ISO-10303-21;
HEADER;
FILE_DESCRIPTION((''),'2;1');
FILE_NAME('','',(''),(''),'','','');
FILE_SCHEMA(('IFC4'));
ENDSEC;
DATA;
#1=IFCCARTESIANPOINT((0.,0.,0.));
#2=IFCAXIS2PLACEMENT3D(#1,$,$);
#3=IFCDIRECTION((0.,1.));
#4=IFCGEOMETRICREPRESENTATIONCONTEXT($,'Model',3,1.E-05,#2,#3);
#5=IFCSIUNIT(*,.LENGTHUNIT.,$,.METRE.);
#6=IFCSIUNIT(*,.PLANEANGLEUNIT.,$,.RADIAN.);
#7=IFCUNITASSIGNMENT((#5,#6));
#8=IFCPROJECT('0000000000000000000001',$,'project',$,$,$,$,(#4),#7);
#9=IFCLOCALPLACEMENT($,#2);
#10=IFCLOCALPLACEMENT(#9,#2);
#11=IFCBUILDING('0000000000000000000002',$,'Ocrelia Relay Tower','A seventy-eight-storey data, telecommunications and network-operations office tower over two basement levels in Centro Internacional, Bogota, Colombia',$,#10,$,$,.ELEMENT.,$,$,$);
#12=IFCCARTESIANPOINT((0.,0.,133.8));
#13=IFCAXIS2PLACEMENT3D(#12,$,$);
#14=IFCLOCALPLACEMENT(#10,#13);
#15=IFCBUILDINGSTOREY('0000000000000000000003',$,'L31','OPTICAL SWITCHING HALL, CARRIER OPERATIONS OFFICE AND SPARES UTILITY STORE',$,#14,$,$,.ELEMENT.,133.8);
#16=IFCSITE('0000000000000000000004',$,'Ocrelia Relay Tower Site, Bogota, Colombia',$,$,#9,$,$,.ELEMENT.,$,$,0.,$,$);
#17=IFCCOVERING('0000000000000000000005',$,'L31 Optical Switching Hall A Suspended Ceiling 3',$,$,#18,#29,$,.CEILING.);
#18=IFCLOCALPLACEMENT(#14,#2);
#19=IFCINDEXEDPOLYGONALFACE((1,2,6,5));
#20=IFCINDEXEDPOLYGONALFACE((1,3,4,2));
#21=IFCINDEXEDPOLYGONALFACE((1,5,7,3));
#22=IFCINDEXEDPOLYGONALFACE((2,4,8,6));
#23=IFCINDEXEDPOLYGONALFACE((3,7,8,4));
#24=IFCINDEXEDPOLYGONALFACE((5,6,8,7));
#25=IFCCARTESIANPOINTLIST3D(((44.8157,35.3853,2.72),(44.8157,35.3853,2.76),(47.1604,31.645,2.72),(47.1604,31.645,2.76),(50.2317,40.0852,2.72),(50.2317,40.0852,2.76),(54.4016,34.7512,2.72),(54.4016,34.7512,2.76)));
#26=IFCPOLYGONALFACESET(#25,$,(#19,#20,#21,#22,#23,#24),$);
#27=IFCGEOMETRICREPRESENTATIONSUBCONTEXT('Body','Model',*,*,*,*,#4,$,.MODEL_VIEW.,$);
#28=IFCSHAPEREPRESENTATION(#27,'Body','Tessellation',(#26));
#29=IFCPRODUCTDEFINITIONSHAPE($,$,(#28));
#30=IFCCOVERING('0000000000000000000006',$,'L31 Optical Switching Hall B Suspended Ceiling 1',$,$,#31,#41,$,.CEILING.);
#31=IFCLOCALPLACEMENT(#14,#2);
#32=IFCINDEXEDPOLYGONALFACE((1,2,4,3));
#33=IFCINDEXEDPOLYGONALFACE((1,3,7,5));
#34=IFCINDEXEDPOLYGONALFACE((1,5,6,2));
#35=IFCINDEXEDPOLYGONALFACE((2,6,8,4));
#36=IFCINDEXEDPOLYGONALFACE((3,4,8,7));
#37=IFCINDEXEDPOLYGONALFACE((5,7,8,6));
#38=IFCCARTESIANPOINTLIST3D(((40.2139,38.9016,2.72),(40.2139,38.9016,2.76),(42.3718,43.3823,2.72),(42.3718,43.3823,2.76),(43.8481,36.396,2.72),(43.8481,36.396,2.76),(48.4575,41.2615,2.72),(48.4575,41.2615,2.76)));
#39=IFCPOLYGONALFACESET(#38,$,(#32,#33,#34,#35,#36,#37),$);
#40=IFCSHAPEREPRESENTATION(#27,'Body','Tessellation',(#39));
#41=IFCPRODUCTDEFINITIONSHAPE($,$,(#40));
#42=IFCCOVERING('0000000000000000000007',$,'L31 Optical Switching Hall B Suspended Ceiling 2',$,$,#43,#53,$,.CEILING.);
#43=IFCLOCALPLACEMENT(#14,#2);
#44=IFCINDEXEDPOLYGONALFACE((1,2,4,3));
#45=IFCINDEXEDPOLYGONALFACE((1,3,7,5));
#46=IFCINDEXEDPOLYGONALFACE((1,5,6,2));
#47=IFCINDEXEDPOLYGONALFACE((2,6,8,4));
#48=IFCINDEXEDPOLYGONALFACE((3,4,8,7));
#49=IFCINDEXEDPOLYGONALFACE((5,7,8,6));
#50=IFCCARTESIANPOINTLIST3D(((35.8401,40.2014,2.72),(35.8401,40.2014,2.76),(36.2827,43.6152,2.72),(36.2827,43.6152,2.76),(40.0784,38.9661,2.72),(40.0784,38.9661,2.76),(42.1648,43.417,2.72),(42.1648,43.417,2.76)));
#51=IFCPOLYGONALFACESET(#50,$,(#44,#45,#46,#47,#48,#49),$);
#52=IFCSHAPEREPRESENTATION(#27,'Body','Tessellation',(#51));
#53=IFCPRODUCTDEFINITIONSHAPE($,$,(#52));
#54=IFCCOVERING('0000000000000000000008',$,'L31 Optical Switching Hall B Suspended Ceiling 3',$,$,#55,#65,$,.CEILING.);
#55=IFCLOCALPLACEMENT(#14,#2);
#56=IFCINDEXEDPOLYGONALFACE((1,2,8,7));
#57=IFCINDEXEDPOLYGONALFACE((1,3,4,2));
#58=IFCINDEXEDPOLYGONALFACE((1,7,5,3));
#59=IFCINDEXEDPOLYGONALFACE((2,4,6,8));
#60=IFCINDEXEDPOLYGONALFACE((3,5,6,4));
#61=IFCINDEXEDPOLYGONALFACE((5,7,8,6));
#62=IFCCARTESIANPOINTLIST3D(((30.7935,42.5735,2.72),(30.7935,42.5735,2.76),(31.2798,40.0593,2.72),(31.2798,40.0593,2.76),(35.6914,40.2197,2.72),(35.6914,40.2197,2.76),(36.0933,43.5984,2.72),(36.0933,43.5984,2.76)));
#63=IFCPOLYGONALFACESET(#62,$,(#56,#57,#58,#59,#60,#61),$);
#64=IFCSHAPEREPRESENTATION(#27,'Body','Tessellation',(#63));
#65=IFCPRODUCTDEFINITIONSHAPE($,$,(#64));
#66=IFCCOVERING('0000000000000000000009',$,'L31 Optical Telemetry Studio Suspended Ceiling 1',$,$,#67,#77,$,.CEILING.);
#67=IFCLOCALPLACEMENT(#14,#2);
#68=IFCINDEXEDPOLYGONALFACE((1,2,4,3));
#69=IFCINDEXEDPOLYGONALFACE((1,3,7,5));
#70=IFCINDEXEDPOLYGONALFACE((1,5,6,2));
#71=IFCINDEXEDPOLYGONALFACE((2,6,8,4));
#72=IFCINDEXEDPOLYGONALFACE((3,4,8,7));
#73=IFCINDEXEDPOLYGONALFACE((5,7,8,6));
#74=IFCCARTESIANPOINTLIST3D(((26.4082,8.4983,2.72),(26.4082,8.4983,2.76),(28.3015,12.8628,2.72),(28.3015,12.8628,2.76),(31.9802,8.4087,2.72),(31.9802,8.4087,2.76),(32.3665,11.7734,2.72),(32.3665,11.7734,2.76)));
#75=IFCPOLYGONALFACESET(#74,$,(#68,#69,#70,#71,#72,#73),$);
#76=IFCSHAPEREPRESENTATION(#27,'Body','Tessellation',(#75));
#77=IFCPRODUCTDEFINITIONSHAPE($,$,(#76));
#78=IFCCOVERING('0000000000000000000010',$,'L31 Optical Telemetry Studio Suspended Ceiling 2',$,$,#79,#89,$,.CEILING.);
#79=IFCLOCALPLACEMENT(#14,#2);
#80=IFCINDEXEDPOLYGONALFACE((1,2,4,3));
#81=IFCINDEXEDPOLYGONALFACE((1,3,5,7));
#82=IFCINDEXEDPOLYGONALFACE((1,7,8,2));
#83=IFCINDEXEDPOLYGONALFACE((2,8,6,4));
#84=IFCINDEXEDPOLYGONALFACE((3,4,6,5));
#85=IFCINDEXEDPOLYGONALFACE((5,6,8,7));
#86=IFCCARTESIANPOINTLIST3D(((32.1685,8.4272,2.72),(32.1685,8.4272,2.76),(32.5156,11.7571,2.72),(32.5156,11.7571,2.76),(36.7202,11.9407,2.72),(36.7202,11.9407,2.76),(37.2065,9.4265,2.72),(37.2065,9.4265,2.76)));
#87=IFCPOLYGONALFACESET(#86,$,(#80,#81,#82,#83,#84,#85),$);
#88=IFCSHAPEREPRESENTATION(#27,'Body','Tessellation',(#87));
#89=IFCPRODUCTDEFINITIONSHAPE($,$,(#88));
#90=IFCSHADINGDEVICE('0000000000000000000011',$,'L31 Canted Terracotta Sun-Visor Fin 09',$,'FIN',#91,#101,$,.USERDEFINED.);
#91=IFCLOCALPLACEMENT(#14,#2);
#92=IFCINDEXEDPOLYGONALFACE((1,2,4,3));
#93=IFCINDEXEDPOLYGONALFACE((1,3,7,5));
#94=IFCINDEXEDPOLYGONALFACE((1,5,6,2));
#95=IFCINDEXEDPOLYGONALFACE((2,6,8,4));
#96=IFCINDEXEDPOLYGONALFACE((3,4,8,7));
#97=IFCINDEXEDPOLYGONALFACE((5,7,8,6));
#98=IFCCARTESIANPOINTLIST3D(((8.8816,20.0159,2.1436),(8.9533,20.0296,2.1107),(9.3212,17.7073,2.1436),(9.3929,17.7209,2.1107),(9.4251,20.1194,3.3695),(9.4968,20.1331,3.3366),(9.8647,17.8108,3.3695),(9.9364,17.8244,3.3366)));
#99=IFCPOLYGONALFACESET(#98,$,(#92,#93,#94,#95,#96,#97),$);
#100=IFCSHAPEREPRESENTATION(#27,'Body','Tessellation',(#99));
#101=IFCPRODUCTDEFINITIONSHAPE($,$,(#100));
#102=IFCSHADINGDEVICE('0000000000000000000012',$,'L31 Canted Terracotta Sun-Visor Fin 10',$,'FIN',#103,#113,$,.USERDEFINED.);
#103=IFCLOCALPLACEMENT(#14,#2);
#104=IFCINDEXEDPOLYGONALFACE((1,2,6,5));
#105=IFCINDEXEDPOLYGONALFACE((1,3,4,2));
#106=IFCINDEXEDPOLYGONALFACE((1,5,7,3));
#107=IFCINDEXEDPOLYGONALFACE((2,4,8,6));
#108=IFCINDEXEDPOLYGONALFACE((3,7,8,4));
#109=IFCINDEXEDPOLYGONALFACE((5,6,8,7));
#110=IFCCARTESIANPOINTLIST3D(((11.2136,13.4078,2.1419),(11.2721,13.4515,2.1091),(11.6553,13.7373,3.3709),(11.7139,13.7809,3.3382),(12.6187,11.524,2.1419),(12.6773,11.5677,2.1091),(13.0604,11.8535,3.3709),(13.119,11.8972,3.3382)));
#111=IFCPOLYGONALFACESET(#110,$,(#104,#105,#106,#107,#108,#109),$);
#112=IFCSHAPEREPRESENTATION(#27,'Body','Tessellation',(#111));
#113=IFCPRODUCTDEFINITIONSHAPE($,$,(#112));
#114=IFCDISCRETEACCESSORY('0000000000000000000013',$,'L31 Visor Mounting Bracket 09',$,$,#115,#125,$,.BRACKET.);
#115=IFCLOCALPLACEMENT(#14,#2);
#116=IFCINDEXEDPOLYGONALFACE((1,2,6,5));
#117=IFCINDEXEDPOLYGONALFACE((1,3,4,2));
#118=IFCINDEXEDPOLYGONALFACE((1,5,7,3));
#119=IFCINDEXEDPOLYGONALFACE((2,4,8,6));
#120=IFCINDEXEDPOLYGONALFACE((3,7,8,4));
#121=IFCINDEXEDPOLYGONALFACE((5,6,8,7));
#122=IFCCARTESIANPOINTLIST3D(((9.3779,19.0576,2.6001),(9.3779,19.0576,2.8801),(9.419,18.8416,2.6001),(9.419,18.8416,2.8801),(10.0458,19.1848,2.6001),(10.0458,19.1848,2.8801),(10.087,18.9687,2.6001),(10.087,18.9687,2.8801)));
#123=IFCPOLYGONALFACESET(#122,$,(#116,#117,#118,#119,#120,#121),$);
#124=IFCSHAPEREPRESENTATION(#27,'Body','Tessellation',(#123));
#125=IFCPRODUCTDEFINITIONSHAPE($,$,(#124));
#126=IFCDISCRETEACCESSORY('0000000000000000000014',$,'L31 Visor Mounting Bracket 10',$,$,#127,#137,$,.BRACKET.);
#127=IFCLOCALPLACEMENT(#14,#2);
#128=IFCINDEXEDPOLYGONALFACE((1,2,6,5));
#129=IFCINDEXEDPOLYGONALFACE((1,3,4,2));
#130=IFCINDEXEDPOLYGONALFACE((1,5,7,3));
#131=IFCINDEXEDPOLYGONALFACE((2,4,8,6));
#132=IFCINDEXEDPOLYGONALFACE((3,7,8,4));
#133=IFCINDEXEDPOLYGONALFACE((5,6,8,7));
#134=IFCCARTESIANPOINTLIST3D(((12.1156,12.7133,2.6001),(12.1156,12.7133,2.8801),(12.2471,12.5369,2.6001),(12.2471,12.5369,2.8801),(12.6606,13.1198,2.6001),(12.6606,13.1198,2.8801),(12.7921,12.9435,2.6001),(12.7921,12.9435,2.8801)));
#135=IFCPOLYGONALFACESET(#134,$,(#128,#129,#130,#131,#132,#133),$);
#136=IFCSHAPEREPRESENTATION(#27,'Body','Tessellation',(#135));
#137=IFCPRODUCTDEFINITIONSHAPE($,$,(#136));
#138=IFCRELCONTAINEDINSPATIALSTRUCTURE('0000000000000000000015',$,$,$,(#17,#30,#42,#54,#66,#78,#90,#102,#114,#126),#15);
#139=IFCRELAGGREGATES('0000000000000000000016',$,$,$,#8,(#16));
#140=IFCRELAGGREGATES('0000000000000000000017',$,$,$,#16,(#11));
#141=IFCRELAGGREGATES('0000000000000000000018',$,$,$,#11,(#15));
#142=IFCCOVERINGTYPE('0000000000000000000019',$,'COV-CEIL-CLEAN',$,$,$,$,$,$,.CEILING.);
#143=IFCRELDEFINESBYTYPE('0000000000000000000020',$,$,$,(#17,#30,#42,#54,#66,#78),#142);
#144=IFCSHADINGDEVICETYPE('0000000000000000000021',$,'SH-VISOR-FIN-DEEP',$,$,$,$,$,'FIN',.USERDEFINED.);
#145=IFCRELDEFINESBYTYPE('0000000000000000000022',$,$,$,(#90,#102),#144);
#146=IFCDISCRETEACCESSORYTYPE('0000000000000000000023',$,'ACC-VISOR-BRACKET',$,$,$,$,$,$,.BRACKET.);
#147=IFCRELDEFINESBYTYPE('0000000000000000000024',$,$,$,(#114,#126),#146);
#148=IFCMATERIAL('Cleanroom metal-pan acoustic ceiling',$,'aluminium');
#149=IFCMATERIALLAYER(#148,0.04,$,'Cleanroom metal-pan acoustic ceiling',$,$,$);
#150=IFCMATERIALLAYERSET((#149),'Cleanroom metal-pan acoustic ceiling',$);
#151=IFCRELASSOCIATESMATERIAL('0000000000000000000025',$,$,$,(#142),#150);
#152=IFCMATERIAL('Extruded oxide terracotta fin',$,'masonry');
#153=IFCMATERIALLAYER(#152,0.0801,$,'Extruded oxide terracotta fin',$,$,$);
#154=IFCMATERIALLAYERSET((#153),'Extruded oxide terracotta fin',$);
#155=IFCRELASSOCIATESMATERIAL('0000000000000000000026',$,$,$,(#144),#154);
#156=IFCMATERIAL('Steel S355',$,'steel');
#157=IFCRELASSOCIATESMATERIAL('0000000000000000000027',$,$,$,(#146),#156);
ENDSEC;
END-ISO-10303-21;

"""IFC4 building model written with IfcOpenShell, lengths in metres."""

from ifc_helpers import new_model, si_unit, direction, frame, origin, origin_2d, place, context, subcontext, project, spatial, polyline, rectangle, outline, extrude, material, layer, layer_set, type_object, element, save


model = new_model("IFC4")

# Units and contexts
model_context = context("Model", 3, precision=1e-05, world=origin(), true_north=direction((0.0, 1.0)))
body_context = subcontext(model_context, "Body", "Model", "MODEL_VIEW")
ifc_project = project(units=[si_unit("LENGTHUNIT", "METRE"), si_unit("PLANEANGLEUNIT", "RADIAN")], contexts=[model_context])

# Site, building, storey
site_placement = place(None, origin())
site = spatial("IfcSite", under=ifc_project, at=site_placement, Name="Ocrelia Relay Tower Site, Bogota, Colombia", CompositionType="ELEMENT", RefElevation=0.0)
building_placement = place(site_placement, origin())
building = spatial("IfcBuilding", under=site, at=building_placement, Name="Ocrelia Relay Tower", Description="A seventy-eight-storey data, telecommunications and network-operations office tower over two basement levels in Centro Internacional, Bogota, Colombia", CompositionType="ELEMENT")
storey_placement = place(building_placement, frame((0.0, 0.0, 133.8)))
storey = spatial("IfcBuildingStorey", under=building, at=storey_placement, Name="L31", Description="OPTICAL SWITCHING HALL, CARRIER OPERATIONS OFFICE AND SPARES UTILITY STORE", CompositionType="ELEMENT", Elevation=133.8)

# Coverings
ifc_material_1 = material(Name="Cleanroom metal-pan acoustic ceiling", Category="aluminium")
ifc_layer_1 = layer(ifc_material_1, 0.04, Name="Cleanroom metal-pan acoustic ceiling")
ifc_layer_set_1 = layer_set([ifc_layer_1], Name="Cleanroom metal-pan acoustic ceiling")
covering_type_1 = type_object("IfcCoveringType", Name="COV-CEIL-CLEAN", PredefinedType="CEILING", material=ifc_layer_set_1)
covering_1_placement = place(storey_placement, frame((0.0, 0.0, 2.72)))
element("IfcCovering", 1, at=covering_1_placement, inside=storey, type_object=covering_type_1, Name="L31 Optical Switching Hall A Suspended Ceiling 3", PredefinedType="CEILING", context=body_context, shape_type="SweptSolid", body=[
    extrude(outline(polyline([(47.1604, 31.645), (54.4016, 34.7512), (50.2317, 40.0852), (44.8157, 35.3853), (47.1604, 31.645)])), origin(), (0.0, 0.0, 1.0), 0.04),
])
covering_2_placement = place(storey_placement, frame((0.0, 0.0, 2.72)))
element("IfcCovering", 2, at=covering_2_placement, inside=storey, type_object=covering_type_1, Name="L31 Optical Switching Hall B Suspended Ceiling 1", PredefinedType="CEILING", context=body_context, shape_type="SweptSolid", body=[
    extrude(outline(polyline([(43.8481, 36.396), (48.4575, 41.2615), (42.3718, 43.3823), (40.2139, 38.9016), (43.8481, 36.396)])), origin(), (0.0, 0.0, 1.0), 0.04),
])
covering_3_placement = place(storey_placement, frame((0.0, 0.0, 2.72)))
element("IfcCovering", 3, at=covering_3_placement, inside=storey, type_object=covering_type_1, Name="L31 Optical Switching Hall B Suspended Ceiling 2", PredefinedType="CEILING", context=body_context, shape_type="SweptSolid", body=[
    extrude(outline(polyline([(40.0784, 38.9661), (42.1648, 43.417), (36.2827, 43.6152), (35.8401, 40.2014), (40.0784, 38.9661)])), origin(), (0.0, 0.0, 1.0), 0.04),
])
covering_4_placement = place(storey_placement, frame((0.0, 0.0, 2.72)))
element("IfcCovering", 4, at=covering_4_placement, inside=storey, type_object=covering_type_1, Name="L31 Optical Switching Hall B Suspended Ceiling 3", PredefinedType="CEILING", context=body_context, shape_type="SweptSolid", body=[
    extrude(outline(polyline([(35.6914, 40.2197), (36.0933, 43.5984), (30.7935, 42.5735), (31.2798, 40.0593), (35.6914, 40.2197)])), origin(), (0.0, 0.0, 1.0), 0.04),
])
covering_5_placement = place(storey_placement, frame((0.0, 0.0, 2.72)))
element("IfcCovering", 5, at=covering_5_placement, inside=storey, type_object=covering_type_1, Name="L31 Optical Telemetry Studio Suspended Ceiling 1", PredefinedType="CEILING", context=body_context, shape_type="SweptSolid", body=[
    extrude(outline(polyline([(28.3015, 12.8628), (26.4082, 8.4983), (31.9802, 8.4087), (32.3665, 11.7734), (28.3015, 12.8628)])), origin(), (0.0, 0.0, 1.0), 0.04),
])
covering_6_placement = place(storey_placement, frame((0.0, 0.0, 2.72)))
element("IfcCovering", 6, at=covering_6_placement, inside=storey, type_object=covering_type_1, Name="L31 Optical Telemetry Studio Suspended Ceiling 2", PredefinedType="CEILING", context=body_context, shape_type="SweptSolid", body=[
    extrude(outline(polyline([(32.5156, 11.7571), (32.1685, 8.4272), (37.2065, 9.4265), (36.7202, 11.9407), (32.5156, 11.7571)])), origin(), (0.0, 0.0, 1.0), 0.04),
])

# Shading devices
ifc_material_2 = material(Name="Extruded oxide terracotta fin", Category="masonry")
ifc_layer_2 = layer(ifc_material_2, 0.0801, Name="Extruded oxide terracotta fin")
ifc_layer_set_2 = layer_set([ifc_layer_2], Name="Extruded oxide terracotta fin")
shading_device_type = type_object("IfcShadingDeviceType", Name="SH-VISOR-FIN-DEEP", ElementType="FIN", PredefinedType="USERDEFINED", material=ifc_layer_set_2)
shading_device_1_placement = place(storey_placement, frame((9.4448, 18.927, 2.7236), z_axis=(-0.895389, -0.170487, 0.411355), x_axis=(0.187045, -0.982351, 0.0)))
element("IfcShadingDevice", 7, at=shading_device_1_placement, inside=storey, type_object=shading_device_type, Name="L31 Canted Terracotta Sun-Visor Fin 09", ObjectType="FIN", PredefinedType="USERDEFINED", context=body_context, shape_type="SweptSolid", body=[
    extrude(rectangle(XDim=2.3501, YDim=1.345, at=origin_2d()), origin(), (0.0, 0.0, 1.0), 0.0801),
])
shading_device_2_placement = place(storey_placement, frame((12.1956, 12.6743, 2.7236), z_axis=(-0.731417, -0.545568, 0.409127), x_axis=(0.597898, -0.801572, 0.0)))
element("IfcShadingDevice", 8, at=shading_device_2_placement, inside=storey, type_object=shading_device_type, Name="L31 Canted Terracotta Sun-Visor Fin 10", ObjectType="FIN", PredefinedType="USERDEFINED", context=body_context, shape_type="SweptSolid", body=[
    extrude(rectangle(XDim=2.3501, YDim=1.3469, at=origin_2d()), origin(), (0.0, 0.0, 1.0), 0.0801),
])

# Discrete accessories
ifc_material_3 = material(Name="Steel S355", Category="steel")
discrete_accessory_type = type_object("IfcDiscreteAccessoryType", Name="ACC-VISOR-BRACKET", PredefinedType="BRACKET", material=ifc_material_3)
for number, where, z_axis, x_axis, name in (
    (9, (9.7324, 19.0132, 2.6001), (0.0, 0.0, 1.0), (0.187045, -0.982351, 0.0), "L31 Visor Mounting Bracket 09"),
    (10, (12.4539, 12.8284, 2.6001), (0.0, 0.0, 1.0), (0.597898, -0.801572, 0.0), "L31 Visor Mounting Bracket 10"),
):
    element("IfcDiscreteAccessory", number, at=place(storey_placement, frame(where, z_axis=z_axis, x_axis=x_axis)), inside=storey, type_object=discrete_accessory_type, Name=name, PredefinedType="BRACKET", context=body_context, shape_type="SweptSolid", body=[
        extrude(rectangle(XDim=0.22, YDim=0.6799, at=origin_2d()), origin(), (0.0, 0.0, 1.0), 0.28),
    ])

save(model, "model.ifc")
